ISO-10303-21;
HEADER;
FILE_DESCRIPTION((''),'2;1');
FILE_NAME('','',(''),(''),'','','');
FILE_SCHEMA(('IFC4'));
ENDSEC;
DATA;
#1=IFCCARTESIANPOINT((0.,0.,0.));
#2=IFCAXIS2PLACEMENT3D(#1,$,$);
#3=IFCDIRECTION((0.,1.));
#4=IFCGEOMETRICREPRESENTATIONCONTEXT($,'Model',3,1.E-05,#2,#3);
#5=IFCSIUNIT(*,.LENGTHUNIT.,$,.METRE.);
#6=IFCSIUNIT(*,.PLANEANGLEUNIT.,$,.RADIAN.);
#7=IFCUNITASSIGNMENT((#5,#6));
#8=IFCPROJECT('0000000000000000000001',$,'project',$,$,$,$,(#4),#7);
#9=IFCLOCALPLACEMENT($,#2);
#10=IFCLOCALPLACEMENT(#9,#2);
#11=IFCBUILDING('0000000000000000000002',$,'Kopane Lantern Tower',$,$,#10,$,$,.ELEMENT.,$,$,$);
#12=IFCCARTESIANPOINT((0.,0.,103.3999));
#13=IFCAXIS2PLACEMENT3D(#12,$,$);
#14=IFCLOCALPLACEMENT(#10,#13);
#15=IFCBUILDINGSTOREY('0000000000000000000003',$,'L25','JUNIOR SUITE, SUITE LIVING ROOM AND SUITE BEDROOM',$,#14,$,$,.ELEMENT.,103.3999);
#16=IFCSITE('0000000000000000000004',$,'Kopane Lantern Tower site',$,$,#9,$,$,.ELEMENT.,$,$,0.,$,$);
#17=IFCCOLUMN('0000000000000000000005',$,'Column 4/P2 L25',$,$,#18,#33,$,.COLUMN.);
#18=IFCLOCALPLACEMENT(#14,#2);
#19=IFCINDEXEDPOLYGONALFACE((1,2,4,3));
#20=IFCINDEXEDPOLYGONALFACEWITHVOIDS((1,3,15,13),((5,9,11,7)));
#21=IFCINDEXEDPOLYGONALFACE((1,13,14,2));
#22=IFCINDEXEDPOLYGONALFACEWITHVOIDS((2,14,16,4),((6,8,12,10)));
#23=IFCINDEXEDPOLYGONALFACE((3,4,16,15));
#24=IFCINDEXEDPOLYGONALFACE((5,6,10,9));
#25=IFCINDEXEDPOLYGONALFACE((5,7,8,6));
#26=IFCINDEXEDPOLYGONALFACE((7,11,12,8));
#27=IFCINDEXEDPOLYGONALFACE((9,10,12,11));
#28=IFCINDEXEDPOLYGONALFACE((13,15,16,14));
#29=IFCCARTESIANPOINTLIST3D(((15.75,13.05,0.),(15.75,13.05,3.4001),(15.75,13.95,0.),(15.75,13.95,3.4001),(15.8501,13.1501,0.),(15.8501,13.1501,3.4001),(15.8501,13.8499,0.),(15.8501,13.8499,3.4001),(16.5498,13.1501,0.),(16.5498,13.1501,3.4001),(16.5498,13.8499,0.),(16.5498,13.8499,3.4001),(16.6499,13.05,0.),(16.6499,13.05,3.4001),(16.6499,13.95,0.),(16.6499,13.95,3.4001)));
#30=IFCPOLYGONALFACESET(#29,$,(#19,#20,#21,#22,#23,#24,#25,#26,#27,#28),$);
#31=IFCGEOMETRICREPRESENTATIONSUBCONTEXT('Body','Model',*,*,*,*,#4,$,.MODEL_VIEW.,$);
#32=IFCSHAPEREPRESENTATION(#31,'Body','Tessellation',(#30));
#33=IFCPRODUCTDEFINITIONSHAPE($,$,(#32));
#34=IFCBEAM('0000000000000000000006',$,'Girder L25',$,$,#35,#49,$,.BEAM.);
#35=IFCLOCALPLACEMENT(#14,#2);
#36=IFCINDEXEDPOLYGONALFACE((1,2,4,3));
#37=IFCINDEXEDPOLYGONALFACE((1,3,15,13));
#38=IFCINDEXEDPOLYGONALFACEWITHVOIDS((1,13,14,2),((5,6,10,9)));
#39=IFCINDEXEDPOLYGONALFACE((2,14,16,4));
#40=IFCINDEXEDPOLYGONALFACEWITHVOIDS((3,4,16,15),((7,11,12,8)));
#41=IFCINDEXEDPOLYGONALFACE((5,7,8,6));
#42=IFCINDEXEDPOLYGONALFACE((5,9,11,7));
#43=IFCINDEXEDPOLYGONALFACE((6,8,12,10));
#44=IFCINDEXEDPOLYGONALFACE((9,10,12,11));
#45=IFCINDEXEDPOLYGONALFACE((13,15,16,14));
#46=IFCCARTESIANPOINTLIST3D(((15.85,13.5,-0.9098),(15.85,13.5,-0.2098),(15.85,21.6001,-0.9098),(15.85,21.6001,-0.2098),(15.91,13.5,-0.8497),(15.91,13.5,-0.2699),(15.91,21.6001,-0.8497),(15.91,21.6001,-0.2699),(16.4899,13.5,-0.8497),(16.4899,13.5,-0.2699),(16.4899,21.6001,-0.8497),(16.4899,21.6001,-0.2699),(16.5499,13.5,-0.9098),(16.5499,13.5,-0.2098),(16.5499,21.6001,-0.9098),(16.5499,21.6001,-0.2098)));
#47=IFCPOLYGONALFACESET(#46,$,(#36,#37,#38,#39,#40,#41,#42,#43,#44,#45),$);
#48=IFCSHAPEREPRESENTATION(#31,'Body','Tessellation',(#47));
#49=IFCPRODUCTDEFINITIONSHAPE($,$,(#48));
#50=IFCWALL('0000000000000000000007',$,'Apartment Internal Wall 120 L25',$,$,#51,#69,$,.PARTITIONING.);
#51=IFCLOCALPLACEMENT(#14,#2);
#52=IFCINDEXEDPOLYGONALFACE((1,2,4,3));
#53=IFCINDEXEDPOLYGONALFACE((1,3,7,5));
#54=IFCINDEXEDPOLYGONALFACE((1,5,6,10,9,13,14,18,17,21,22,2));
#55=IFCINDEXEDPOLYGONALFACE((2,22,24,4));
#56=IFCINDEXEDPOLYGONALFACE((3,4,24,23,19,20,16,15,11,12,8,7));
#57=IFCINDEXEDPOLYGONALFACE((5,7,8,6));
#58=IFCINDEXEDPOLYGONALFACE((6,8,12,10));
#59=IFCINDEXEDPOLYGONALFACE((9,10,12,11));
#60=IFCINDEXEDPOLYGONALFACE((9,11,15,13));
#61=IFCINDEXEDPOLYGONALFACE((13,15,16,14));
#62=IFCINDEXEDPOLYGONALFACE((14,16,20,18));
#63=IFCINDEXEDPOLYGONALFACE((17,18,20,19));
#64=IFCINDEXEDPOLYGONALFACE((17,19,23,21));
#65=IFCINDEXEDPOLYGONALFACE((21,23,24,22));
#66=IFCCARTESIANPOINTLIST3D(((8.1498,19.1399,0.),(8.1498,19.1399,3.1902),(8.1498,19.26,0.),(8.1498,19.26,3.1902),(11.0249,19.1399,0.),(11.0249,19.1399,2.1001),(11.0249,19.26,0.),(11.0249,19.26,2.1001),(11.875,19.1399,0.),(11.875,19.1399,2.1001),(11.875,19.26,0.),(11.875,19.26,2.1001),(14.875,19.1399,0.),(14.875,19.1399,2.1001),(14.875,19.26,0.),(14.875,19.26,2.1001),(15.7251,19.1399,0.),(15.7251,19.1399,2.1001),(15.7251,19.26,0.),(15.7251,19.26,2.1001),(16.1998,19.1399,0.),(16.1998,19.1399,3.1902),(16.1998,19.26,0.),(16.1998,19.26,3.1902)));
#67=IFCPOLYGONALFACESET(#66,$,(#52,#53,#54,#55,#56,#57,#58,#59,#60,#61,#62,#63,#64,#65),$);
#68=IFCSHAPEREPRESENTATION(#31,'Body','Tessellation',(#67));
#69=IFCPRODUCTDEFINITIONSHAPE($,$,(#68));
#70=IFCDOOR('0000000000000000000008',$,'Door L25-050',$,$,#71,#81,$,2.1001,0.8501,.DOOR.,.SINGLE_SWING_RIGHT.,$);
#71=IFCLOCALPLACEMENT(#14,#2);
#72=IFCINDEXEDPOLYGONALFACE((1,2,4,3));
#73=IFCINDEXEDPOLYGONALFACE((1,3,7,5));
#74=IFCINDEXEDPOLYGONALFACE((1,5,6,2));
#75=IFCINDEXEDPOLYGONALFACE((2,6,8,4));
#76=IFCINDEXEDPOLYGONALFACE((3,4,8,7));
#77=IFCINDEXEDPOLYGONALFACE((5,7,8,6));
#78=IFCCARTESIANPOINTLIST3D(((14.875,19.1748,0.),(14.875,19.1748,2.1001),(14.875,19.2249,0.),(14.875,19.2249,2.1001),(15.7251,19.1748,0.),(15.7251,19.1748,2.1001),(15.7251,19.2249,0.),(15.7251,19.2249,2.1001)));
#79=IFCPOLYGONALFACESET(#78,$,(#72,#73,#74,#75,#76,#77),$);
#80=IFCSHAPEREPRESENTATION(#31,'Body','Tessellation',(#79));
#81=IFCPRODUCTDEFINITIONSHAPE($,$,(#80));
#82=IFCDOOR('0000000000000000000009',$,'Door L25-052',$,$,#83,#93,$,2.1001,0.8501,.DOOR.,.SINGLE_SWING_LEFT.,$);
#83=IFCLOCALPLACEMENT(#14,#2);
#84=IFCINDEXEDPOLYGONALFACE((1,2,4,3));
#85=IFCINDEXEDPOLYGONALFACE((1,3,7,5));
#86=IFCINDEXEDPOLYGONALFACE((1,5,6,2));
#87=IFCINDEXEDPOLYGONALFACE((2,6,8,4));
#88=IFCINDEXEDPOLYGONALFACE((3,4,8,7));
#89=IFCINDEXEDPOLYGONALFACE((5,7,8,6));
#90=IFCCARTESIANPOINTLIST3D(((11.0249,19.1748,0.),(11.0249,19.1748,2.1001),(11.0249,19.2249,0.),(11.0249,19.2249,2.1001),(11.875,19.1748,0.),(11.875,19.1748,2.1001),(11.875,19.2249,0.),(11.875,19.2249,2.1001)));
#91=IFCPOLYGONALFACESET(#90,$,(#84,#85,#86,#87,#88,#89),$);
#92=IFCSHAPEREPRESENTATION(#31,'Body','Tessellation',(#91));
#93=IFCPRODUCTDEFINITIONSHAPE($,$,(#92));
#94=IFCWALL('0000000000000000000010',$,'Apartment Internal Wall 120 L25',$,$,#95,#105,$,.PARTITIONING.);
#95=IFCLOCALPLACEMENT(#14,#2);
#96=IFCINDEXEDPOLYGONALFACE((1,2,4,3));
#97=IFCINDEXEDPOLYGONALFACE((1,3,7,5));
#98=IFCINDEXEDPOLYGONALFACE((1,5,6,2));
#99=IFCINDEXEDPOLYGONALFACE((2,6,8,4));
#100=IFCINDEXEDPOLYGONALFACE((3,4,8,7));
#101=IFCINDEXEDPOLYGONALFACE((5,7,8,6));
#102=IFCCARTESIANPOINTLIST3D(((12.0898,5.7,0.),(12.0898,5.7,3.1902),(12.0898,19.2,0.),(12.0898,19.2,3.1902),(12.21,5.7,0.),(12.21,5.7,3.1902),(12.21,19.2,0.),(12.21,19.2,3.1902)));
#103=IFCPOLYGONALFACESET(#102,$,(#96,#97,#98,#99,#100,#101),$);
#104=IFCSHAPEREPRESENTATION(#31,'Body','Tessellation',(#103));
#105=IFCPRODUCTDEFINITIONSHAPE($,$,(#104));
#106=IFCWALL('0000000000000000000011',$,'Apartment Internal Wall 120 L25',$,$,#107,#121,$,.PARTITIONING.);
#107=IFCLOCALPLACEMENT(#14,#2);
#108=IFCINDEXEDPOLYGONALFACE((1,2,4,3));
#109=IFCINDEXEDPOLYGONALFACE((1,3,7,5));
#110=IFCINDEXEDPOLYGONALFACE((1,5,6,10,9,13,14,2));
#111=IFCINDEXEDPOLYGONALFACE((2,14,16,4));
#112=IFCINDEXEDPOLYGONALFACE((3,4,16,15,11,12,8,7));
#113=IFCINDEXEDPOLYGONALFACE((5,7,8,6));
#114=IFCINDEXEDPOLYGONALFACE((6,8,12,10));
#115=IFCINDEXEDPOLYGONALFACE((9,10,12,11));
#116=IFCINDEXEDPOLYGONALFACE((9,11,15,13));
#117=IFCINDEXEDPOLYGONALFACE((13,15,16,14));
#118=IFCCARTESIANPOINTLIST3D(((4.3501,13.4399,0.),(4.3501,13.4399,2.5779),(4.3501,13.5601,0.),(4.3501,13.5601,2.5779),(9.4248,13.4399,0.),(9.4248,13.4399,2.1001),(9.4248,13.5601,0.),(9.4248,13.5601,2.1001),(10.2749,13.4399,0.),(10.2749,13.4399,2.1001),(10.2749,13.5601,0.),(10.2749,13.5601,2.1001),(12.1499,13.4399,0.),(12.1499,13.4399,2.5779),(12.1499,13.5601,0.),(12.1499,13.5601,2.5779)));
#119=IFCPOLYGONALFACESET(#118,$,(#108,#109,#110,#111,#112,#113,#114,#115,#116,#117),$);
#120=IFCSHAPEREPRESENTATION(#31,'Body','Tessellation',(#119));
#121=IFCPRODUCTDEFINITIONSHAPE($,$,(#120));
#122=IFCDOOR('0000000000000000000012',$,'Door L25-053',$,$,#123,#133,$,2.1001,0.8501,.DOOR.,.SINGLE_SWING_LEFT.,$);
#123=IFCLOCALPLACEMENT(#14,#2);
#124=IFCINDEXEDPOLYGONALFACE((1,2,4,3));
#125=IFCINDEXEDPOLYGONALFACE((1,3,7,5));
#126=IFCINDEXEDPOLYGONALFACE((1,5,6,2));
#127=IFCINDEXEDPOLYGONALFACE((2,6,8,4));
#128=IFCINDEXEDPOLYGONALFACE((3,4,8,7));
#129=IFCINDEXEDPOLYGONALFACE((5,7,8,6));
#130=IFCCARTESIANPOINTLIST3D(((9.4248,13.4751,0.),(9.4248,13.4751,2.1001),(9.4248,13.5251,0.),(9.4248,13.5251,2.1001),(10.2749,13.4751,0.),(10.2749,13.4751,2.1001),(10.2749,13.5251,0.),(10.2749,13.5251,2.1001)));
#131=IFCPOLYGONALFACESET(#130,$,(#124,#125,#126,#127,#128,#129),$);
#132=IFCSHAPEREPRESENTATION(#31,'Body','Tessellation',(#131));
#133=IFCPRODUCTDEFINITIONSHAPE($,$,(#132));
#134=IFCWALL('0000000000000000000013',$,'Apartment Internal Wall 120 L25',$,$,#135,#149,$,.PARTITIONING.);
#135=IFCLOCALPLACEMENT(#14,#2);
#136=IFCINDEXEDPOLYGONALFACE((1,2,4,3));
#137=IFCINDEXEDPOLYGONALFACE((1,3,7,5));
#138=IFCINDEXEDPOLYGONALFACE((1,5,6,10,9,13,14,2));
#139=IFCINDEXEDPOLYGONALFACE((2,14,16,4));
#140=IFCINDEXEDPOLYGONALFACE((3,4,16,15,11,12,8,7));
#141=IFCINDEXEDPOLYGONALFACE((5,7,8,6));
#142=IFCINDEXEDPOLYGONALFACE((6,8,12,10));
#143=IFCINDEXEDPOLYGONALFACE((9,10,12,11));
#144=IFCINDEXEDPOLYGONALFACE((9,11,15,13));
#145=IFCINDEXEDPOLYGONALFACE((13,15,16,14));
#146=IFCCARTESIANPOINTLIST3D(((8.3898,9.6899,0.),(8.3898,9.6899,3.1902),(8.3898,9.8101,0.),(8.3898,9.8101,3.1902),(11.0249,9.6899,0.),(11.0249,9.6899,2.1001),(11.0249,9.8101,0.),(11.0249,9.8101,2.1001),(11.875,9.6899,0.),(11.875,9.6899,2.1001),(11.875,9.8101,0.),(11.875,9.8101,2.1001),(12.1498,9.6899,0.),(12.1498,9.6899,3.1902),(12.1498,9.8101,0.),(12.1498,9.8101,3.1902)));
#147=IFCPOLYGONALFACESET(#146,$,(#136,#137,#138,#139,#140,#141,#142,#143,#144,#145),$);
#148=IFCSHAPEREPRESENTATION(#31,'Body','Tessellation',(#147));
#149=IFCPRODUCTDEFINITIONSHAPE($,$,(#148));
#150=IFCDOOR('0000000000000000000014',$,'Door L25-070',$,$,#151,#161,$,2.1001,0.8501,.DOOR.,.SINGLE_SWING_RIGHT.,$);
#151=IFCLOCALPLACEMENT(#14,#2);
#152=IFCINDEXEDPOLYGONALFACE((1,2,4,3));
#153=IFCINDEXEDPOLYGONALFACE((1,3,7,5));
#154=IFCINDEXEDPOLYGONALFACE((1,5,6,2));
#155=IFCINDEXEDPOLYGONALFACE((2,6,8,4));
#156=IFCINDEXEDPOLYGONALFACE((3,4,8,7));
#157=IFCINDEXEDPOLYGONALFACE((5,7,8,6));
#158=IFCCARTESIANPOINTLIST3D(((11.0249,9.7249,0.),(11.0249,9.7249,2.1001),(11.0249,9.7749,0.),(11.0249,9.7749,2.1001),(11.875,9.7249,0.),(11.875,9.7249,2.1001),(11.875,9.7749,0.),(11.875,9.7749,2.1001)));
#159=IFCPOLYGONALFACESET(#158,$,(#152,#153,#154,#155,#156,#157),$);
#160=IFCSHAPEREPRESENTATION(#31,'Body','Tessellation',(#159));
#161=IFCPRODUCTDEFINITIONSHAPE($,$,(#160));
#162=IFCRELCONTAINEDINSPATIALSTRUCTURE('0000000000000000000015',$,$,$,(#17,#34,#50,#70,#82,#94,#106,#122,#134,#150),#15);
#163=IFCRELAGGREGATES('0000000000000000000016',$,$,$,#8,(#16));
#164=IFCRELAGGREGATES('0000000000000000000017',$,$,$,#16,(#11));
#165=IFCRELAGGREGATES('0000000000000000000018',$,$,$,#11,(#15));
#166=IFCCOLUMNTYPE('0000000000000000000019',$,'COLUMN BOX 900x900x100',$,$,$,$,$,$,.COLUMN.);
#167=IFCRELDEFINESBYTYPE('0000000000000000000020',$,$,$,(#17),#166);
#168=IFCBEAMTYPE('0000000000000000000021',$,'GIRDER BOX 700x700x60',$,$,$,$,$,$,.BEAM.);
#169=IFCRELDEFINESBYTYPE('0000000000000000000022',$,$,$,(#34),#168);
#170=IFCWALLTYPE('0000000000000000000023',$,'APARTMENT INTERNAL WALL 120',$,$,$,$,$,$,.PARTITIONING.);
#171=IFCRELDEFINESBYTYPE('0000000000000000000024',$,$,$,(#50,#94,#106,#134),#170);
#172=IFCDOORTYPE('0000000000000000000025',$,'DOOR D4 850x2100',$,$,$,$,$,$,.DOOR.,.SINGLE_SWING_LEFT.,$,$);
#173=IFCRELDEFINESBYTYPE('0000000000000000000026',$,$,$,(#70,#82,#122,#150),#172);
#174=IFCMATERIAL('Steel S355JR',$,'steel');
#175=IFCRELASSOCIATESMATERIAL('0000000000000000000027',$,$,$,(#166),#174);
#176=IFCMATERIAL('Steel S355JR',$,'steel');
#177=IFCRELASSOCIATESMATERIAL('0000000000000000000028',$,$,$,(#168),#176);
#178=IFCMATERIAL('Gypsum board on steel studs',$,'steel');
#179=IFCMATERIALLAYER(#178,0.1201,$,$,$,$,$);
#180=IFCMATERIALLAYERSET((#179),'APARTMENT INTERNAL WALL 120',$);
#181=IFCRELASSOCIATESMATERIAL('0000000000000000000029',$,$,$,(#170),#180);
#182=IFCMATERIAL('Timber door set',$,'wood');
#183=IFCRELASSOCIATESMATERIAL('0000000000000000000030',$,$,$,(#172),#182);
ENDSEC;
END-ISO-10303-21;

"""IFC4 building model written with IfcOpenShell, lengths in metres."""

from ifc_helpers import new_model, si_unit, direction, frame, frame_2d, origin, origin_2d, place, context, subcontext, project, spatial, rectangle, hollow_rectangle, extrude, material, layer, layer_set, material_profile, profile_set, type_object, element, fill, save


model = new_model("IFC4")

# Units and contexts
model_context = context("Model", 3, precision=1e-05, world=origin(), true_north=direction((0.0, 1.0)))
body_context = subcontext(model_context, "Body", "Model", "MODEL_VIEW")
ifc_project = project(units=[si_unit("LENGTHUNIT", "METRE"), si_unit("PLANEANGLEUNIT", "RADIAN")], contexts=[model_context])

# Site, building, storey
site_placement = place(None, origin())
site = spatial("IfcSite", under=ifc_project, at=site_placement, Name="Kopane Lantern Tower site", CompositionType="ELEMENT", RefElevation=0.0)
building_placement = place(site_placement, origin())
building = spatial("IfcBuilding", under=site, at=building_placement, Name="Kopane Lantern Tower", CompositionType="ELEMENT")
storey_placement = place(building_placement, frame((0.0, 0.0, 103.3999)))
storey = spatial("IfcBuildingStorey", under=building, at=storey_placement, Name="L25", Description="JUNIOR SUITE, SUITE LIVING ROOM AND SUITE BEDROOM", CompositionType="ELEMENT", Elevation=103.3999)

# Column
ifc_material_1 = material(Name="Steel S355JR", Category="steel")
ifc_material_profile_1 = material_profile(ifc_material_1, hollow_rectangle(XDim=0.8999, YDim=0.8999, WallThickness=0.1001, at=origin_2d()), Name="BOX 900x900x100")
ifc_profile_set_1 = profile_set([ifc_material_profile_1], Name="Steel S355JR")
column_type = type_object("IfcColumnType", Name="COLUMN BOX 900x900x100", PredefinedType="COLUMN", material=ifc_profile_set_1)
column_placement = place(storey_placement, frame((16.2, 13.5, 0.0), z_axis=(0.0, 0.0, 1.0), x_axis=(1.0, 0.0, 0.0)))
element("IfcColumn", 1, at=column_placement, inside=storey, type_object=column_type, Name="Column 4/P2 L25", PredefinedType="COLUMN", context=body_context, shape_type="SweptSolid", body=[
    extrude(hollow_rectangle(XDim=0.8999, YDim=0.8999, WallThickness=0.1001, at=origin_2d()), origin(), (0.0, 0.0, 1.0), 3.4001),
])

# Beam
ifc_material_2 = material(Name="Steel S355JR", Category="steel")
ifc_material_profile_2 = material_profile(ifc_material_2, hollow_rectangle(XDim=0.7, YDim=0.7, WallThickness=0.0601, at=origin_2d()), Name="BOX 700x700x60")
ifc_profile_set_2 = profile_set([ifc_material_profile_2], Name="Steel S355JR")
beam_type = type_object("IfcBeamType", Name="GIRDER BOX 700x700x60", PredefinedType="BEAM", material=ifc_profile_set_2)
beam_placement = place(storey_placement, frame((16.2, 13.5, -0.5598), z_axis=(0.0, 1.0, 0.0), x_axis=(-1.0, 0.0, 0.0)))
element("IfcBeam", 2, at=beam_placement, inside=storey, type_object=beam_type, Name="Girder L25", PredefinedType="BEAM", context=body_context, shape_type="SweptSolid", body=[
    extrude(hollow_rectangle(XDim=0.7, YDim=0.7, WallThickness=0.0601, at=origin_2d()), origin(), (0.0, 0.0, 1.0), 8.1001),
])

# Wall, openings, doors
ifc_material_3 = material(Name="Gypsum board on steel studs", Category="steel")
ifc_layer = layer(ifc_material_3, 0.1201)
ifc_layer_set = layer_set([ifc_layer], Name="APARTMENT INTERNAL WALL 120")
wall_type = type_object("IfcWallType", Name="APARTMENT INTERNAL WALL 120", PredefinedType="PARTITIONING", material=ifc_layer_set)
wall_1_placement = place(storey_placement, frame((8.1499, 19.2, 0.0), z_axis=(0.0, 0.0, 1.0), x_axis=(1.0, 0.0, 0.0)))
wall_1 = element("IfcWall", 3, at=wall_1_placement, inside=storey, type_object=wall_type, Name="Apartment Internal Wall 120 L25", PredefinedType="PARTITIONING", context=body_context, shape_type="SweptSolid", body=[
    extrude(rectangle(XDim=8.05, YDim=0.1201, at=frame_2d((4.0249, 0.0))), origin(), (0.0, 0.0, 1.0), 3.1902),
])
opening_1_placement = place(wall_1_placement, frame((6.7251, 0.0, 0.0)))
opening_1 = element("IfcOpeningElement", 4, at=opening_1_placement, cuts=wall_1, PredefinedType="OPENING", context=body_context, shape_type="SweptSolid", body=[
    extrude(rectangle(XDim=0.8501, YDim=2.1001, at=frame_2d((0.425, 1.05))), frame((0.0, 0.0701, 0.0), z_axis=(0.0, -1.0, 0.0), x_axis=(1.0, 0.0, 0.0)), (0.0, 0.0, 1.0), 0.1401),
])
opening_2_placement = place(wall_1_placement, frame((2.875, 0.0, 0.0)))
opening_2 = element("IfcOpeningElement", 5, at=opening_2_placement, cuts=wall_1, PredefinedType="OPENING", context=body_context, shape_type="SweptSolid", body=[
    extrude(rectangle(XDim=0.8501, YDim=2.1001, at=frame_2d((0.425, 1.05))), frame((0.0, 0.0701, 0.0), z_axis=(0.0, -1.0, 0.0), x_axis=(1.0, 0.0, 0.0)), (0.0, 0.0, 1.0), 0.1401),
])
ifc_material_4 = material(Name="Timber door set", Category="wood")
door_type = type_object("IfcDoorType", Name="DOOR D4 850x2100", OperationType="SINGLE_SWING_LEFT", PredefinedType="DOOR", material=ifc_material_4)
door_1_placement = place(opening_1_placement, origin())
door_1 = element("IfcDoor", 6, at=door_1_placement, inside=storey, type_object=door_type, Name="Door L25-050", OperationType="SINGLE_SWING_RIGHT", OverallHeight=2.1001, OverallWidth=0.8501, PredefinedType="DOOR", context=body_context, shape_type="SweptSolid", body=[
    extrude(rectangle(XDim=0.8501, YDim=2.1001, at=frame_2d((0.425, 1.05))), frame((0.0, 0.0249, 0.0), z_axis=(0.0, -1.0, 0.0), x_axis=(1.0, 0.0, 0.0)), (0.0, 0.0, 1.0), 0.05),
])
fill(opening_1, door_1)
door_2_placement = place(opening_2_placement, origin())
door_2 = element("IfcDoor", 7, at=door_2_placement, inside=storey, type_object=door_type, Name="Door L25-052", OperationType="SINGLE_SWING_LEFT", OverallHeight=2.1001, OverallWidth=0.8501, PredefinedType="DOOR", context=body_context, shape_type="SweptSolid", body=[
    extrude(rectangle(XDim=0.8501, YDim=2.1001, at=frame_2d((0.425, 1.05))), frame((0.0, 0.0249, 0.0), z_axis=(0.0, -1.0, 0.0), x_axis=(1.0, 0.0, 0.0)), (0.0, 0.0, 1.0), 0.05),
])
fill(opening_2, door_2)

# Wall
wall_2_placement = place(storey_placement, frame((12.1499, 19.2, 0.0), z_axis=(0.0, 0.0, 1.0), x_axis=(0.0, -1.0, 0.0)))
element("IfcWall", 8, at=wall_2_placement, inside=storey, type_object=wall_type, Name="Apartment Internal Wall 120 L25", PredefinedType="PARTITIONING", context=body_context, shape_type="SweptSolid", body=[
    extrude(rectangle(XDim=13.5, YDim=0.1201, at=frame_2d((6.75, 0.0))), origin(), (0.0, 0.0, 1.0), 3.1902),
])

# Walls, openings, doors
wall_3_placement = place(storey_placement, frame((12.1499, 13.5, 0.0), z_axis=(0.0, 0.0, 1.0), x_axis=(-1.0, 0.0, 0.0)))
wall_3 = element("IfcWall", 9, at=wall_3_placement, inside=storey, type_object=wall_type, Name="Apartment Internal Wall 120 L25", PredefinedType="PARTITIONING", context=body_context, shape_type="SweptSolid", body=[
    extrude(rectangle(XDim=7.7998, YDim=0.1201, at=frame_2d((3.8999, 0.0))), origin(), (0.0, 0.0, 1.0), 2.5779),
])
opening_3_placement = place(wall_3_placement, frame((1.875, 0.0, 0.0)))
opening_3 = element("IfcOpeningElement", 10, at=opening_3_placement, cuts=wall_3, PredefinedType="OPENING", context=body_context, shape_type="SweptSolid", body=[
    extrude(rectangle(XDim=0.8501, YDim=2.1001, at=frame_2d((0.425, 1.05))), frame((0.0, 0.0701, 0.0), z_axis=(0.0, -1.0, 0.0), x_axis=(1.0, 0.0, 0.0)), (0.0, 0.0, 1.0), 0.1401),
])
door_3_placement = place(opening_3_placement, origin())
door_3 = element("IfcDoor", 11, at=door_3_placement, inside=storey, type_object=door_type, Name="Door L25-053", OperationType="SINGLE_SWING_LEFT", OverallHeight=2.1001, OverallWidth=0.8501, PredefinedType="DOOR", context=body_context, shape_type="SweptSolid", body=[
    extrude(rectangle(XDim=0.8501, YDim=2.1001, at=frame_2d((0.425, 1.05))), frame((0.0, 0.0249, 0.0), z_axis=(0.0, -1.0, 0.0), x_axis=(1.0, 0.0, 0.0)), (0.0, 0.0, 1.0), 0.05),
])
fill(opening_3, door_3)
wall_4_placement = place(storey_placement, frame((8.3899, 9.75, 0.0), z_axis=(0.0, 0.0, 1.0), x_axis=(1.0, 0.0, 0.0)))
wall_4 = element("IfcWall", 12, at=wall_4_placement, inside=storey, type_object=wall_type, Name="Apartment Internal Wall 120 L25", PredefinedType="PARTITIONING", context=body_context, shape_type="SweptSolid", body=[
    extrude(rectangle(XDim=3.76, YDim=0.1201, at=frame_2d((1.8799, 0.0))), origin(), (0.0, 0.0, 1.0), 3.1902),
])
opening_4_placement = place(wall_4_placement, frame((2.635, 0.0, 0.0)))
opening_4 = element("IfcOpeningElement", 13, at=opening_4_placement, cuts=wall_4, PredefinedType="OPENING", context=body_context, shape_type="SweptSolid", body=[
    extrude(rectangle(XDim=0.8501, YDim=2.1001, at=frame_2d((0.425, 1.05))), frame((0.0, 0.0701, 0.0), z_axis=(0.0, -1.0, 0.0), x_axis=(1.0, 0.0, 0.0)), (0.0, 0.0, 1.0), 0.1401),
])
door_4_placement = place(opening_4_placement, origin())
door_4 = element("IfcDoor", 14, at=door_4_placement, inside=storey, type_object=door_type, Name="Door L25-070", OperationType="SINGLE_SWING_RIGHT", OverallHeight=2.1001, OverallWidth=0.8501, PredefinedType="DOOR", context=body_context, shape_type="SweptSolid", body=[
    extrude(rectangle(XDim=0.8501, YDim=2.1001, at=frame_2d((0.425, 1.05))), frame((0.0, 0.0249, 0.0), z_axis=(0.0, -1.0, 0.0), x_axis=(1.0, 0.0, 0.0)), (0.0, 0.0, 1.0), 0.05),
])
fill(opening_4, door_4)

save(model, "model.ifc")
